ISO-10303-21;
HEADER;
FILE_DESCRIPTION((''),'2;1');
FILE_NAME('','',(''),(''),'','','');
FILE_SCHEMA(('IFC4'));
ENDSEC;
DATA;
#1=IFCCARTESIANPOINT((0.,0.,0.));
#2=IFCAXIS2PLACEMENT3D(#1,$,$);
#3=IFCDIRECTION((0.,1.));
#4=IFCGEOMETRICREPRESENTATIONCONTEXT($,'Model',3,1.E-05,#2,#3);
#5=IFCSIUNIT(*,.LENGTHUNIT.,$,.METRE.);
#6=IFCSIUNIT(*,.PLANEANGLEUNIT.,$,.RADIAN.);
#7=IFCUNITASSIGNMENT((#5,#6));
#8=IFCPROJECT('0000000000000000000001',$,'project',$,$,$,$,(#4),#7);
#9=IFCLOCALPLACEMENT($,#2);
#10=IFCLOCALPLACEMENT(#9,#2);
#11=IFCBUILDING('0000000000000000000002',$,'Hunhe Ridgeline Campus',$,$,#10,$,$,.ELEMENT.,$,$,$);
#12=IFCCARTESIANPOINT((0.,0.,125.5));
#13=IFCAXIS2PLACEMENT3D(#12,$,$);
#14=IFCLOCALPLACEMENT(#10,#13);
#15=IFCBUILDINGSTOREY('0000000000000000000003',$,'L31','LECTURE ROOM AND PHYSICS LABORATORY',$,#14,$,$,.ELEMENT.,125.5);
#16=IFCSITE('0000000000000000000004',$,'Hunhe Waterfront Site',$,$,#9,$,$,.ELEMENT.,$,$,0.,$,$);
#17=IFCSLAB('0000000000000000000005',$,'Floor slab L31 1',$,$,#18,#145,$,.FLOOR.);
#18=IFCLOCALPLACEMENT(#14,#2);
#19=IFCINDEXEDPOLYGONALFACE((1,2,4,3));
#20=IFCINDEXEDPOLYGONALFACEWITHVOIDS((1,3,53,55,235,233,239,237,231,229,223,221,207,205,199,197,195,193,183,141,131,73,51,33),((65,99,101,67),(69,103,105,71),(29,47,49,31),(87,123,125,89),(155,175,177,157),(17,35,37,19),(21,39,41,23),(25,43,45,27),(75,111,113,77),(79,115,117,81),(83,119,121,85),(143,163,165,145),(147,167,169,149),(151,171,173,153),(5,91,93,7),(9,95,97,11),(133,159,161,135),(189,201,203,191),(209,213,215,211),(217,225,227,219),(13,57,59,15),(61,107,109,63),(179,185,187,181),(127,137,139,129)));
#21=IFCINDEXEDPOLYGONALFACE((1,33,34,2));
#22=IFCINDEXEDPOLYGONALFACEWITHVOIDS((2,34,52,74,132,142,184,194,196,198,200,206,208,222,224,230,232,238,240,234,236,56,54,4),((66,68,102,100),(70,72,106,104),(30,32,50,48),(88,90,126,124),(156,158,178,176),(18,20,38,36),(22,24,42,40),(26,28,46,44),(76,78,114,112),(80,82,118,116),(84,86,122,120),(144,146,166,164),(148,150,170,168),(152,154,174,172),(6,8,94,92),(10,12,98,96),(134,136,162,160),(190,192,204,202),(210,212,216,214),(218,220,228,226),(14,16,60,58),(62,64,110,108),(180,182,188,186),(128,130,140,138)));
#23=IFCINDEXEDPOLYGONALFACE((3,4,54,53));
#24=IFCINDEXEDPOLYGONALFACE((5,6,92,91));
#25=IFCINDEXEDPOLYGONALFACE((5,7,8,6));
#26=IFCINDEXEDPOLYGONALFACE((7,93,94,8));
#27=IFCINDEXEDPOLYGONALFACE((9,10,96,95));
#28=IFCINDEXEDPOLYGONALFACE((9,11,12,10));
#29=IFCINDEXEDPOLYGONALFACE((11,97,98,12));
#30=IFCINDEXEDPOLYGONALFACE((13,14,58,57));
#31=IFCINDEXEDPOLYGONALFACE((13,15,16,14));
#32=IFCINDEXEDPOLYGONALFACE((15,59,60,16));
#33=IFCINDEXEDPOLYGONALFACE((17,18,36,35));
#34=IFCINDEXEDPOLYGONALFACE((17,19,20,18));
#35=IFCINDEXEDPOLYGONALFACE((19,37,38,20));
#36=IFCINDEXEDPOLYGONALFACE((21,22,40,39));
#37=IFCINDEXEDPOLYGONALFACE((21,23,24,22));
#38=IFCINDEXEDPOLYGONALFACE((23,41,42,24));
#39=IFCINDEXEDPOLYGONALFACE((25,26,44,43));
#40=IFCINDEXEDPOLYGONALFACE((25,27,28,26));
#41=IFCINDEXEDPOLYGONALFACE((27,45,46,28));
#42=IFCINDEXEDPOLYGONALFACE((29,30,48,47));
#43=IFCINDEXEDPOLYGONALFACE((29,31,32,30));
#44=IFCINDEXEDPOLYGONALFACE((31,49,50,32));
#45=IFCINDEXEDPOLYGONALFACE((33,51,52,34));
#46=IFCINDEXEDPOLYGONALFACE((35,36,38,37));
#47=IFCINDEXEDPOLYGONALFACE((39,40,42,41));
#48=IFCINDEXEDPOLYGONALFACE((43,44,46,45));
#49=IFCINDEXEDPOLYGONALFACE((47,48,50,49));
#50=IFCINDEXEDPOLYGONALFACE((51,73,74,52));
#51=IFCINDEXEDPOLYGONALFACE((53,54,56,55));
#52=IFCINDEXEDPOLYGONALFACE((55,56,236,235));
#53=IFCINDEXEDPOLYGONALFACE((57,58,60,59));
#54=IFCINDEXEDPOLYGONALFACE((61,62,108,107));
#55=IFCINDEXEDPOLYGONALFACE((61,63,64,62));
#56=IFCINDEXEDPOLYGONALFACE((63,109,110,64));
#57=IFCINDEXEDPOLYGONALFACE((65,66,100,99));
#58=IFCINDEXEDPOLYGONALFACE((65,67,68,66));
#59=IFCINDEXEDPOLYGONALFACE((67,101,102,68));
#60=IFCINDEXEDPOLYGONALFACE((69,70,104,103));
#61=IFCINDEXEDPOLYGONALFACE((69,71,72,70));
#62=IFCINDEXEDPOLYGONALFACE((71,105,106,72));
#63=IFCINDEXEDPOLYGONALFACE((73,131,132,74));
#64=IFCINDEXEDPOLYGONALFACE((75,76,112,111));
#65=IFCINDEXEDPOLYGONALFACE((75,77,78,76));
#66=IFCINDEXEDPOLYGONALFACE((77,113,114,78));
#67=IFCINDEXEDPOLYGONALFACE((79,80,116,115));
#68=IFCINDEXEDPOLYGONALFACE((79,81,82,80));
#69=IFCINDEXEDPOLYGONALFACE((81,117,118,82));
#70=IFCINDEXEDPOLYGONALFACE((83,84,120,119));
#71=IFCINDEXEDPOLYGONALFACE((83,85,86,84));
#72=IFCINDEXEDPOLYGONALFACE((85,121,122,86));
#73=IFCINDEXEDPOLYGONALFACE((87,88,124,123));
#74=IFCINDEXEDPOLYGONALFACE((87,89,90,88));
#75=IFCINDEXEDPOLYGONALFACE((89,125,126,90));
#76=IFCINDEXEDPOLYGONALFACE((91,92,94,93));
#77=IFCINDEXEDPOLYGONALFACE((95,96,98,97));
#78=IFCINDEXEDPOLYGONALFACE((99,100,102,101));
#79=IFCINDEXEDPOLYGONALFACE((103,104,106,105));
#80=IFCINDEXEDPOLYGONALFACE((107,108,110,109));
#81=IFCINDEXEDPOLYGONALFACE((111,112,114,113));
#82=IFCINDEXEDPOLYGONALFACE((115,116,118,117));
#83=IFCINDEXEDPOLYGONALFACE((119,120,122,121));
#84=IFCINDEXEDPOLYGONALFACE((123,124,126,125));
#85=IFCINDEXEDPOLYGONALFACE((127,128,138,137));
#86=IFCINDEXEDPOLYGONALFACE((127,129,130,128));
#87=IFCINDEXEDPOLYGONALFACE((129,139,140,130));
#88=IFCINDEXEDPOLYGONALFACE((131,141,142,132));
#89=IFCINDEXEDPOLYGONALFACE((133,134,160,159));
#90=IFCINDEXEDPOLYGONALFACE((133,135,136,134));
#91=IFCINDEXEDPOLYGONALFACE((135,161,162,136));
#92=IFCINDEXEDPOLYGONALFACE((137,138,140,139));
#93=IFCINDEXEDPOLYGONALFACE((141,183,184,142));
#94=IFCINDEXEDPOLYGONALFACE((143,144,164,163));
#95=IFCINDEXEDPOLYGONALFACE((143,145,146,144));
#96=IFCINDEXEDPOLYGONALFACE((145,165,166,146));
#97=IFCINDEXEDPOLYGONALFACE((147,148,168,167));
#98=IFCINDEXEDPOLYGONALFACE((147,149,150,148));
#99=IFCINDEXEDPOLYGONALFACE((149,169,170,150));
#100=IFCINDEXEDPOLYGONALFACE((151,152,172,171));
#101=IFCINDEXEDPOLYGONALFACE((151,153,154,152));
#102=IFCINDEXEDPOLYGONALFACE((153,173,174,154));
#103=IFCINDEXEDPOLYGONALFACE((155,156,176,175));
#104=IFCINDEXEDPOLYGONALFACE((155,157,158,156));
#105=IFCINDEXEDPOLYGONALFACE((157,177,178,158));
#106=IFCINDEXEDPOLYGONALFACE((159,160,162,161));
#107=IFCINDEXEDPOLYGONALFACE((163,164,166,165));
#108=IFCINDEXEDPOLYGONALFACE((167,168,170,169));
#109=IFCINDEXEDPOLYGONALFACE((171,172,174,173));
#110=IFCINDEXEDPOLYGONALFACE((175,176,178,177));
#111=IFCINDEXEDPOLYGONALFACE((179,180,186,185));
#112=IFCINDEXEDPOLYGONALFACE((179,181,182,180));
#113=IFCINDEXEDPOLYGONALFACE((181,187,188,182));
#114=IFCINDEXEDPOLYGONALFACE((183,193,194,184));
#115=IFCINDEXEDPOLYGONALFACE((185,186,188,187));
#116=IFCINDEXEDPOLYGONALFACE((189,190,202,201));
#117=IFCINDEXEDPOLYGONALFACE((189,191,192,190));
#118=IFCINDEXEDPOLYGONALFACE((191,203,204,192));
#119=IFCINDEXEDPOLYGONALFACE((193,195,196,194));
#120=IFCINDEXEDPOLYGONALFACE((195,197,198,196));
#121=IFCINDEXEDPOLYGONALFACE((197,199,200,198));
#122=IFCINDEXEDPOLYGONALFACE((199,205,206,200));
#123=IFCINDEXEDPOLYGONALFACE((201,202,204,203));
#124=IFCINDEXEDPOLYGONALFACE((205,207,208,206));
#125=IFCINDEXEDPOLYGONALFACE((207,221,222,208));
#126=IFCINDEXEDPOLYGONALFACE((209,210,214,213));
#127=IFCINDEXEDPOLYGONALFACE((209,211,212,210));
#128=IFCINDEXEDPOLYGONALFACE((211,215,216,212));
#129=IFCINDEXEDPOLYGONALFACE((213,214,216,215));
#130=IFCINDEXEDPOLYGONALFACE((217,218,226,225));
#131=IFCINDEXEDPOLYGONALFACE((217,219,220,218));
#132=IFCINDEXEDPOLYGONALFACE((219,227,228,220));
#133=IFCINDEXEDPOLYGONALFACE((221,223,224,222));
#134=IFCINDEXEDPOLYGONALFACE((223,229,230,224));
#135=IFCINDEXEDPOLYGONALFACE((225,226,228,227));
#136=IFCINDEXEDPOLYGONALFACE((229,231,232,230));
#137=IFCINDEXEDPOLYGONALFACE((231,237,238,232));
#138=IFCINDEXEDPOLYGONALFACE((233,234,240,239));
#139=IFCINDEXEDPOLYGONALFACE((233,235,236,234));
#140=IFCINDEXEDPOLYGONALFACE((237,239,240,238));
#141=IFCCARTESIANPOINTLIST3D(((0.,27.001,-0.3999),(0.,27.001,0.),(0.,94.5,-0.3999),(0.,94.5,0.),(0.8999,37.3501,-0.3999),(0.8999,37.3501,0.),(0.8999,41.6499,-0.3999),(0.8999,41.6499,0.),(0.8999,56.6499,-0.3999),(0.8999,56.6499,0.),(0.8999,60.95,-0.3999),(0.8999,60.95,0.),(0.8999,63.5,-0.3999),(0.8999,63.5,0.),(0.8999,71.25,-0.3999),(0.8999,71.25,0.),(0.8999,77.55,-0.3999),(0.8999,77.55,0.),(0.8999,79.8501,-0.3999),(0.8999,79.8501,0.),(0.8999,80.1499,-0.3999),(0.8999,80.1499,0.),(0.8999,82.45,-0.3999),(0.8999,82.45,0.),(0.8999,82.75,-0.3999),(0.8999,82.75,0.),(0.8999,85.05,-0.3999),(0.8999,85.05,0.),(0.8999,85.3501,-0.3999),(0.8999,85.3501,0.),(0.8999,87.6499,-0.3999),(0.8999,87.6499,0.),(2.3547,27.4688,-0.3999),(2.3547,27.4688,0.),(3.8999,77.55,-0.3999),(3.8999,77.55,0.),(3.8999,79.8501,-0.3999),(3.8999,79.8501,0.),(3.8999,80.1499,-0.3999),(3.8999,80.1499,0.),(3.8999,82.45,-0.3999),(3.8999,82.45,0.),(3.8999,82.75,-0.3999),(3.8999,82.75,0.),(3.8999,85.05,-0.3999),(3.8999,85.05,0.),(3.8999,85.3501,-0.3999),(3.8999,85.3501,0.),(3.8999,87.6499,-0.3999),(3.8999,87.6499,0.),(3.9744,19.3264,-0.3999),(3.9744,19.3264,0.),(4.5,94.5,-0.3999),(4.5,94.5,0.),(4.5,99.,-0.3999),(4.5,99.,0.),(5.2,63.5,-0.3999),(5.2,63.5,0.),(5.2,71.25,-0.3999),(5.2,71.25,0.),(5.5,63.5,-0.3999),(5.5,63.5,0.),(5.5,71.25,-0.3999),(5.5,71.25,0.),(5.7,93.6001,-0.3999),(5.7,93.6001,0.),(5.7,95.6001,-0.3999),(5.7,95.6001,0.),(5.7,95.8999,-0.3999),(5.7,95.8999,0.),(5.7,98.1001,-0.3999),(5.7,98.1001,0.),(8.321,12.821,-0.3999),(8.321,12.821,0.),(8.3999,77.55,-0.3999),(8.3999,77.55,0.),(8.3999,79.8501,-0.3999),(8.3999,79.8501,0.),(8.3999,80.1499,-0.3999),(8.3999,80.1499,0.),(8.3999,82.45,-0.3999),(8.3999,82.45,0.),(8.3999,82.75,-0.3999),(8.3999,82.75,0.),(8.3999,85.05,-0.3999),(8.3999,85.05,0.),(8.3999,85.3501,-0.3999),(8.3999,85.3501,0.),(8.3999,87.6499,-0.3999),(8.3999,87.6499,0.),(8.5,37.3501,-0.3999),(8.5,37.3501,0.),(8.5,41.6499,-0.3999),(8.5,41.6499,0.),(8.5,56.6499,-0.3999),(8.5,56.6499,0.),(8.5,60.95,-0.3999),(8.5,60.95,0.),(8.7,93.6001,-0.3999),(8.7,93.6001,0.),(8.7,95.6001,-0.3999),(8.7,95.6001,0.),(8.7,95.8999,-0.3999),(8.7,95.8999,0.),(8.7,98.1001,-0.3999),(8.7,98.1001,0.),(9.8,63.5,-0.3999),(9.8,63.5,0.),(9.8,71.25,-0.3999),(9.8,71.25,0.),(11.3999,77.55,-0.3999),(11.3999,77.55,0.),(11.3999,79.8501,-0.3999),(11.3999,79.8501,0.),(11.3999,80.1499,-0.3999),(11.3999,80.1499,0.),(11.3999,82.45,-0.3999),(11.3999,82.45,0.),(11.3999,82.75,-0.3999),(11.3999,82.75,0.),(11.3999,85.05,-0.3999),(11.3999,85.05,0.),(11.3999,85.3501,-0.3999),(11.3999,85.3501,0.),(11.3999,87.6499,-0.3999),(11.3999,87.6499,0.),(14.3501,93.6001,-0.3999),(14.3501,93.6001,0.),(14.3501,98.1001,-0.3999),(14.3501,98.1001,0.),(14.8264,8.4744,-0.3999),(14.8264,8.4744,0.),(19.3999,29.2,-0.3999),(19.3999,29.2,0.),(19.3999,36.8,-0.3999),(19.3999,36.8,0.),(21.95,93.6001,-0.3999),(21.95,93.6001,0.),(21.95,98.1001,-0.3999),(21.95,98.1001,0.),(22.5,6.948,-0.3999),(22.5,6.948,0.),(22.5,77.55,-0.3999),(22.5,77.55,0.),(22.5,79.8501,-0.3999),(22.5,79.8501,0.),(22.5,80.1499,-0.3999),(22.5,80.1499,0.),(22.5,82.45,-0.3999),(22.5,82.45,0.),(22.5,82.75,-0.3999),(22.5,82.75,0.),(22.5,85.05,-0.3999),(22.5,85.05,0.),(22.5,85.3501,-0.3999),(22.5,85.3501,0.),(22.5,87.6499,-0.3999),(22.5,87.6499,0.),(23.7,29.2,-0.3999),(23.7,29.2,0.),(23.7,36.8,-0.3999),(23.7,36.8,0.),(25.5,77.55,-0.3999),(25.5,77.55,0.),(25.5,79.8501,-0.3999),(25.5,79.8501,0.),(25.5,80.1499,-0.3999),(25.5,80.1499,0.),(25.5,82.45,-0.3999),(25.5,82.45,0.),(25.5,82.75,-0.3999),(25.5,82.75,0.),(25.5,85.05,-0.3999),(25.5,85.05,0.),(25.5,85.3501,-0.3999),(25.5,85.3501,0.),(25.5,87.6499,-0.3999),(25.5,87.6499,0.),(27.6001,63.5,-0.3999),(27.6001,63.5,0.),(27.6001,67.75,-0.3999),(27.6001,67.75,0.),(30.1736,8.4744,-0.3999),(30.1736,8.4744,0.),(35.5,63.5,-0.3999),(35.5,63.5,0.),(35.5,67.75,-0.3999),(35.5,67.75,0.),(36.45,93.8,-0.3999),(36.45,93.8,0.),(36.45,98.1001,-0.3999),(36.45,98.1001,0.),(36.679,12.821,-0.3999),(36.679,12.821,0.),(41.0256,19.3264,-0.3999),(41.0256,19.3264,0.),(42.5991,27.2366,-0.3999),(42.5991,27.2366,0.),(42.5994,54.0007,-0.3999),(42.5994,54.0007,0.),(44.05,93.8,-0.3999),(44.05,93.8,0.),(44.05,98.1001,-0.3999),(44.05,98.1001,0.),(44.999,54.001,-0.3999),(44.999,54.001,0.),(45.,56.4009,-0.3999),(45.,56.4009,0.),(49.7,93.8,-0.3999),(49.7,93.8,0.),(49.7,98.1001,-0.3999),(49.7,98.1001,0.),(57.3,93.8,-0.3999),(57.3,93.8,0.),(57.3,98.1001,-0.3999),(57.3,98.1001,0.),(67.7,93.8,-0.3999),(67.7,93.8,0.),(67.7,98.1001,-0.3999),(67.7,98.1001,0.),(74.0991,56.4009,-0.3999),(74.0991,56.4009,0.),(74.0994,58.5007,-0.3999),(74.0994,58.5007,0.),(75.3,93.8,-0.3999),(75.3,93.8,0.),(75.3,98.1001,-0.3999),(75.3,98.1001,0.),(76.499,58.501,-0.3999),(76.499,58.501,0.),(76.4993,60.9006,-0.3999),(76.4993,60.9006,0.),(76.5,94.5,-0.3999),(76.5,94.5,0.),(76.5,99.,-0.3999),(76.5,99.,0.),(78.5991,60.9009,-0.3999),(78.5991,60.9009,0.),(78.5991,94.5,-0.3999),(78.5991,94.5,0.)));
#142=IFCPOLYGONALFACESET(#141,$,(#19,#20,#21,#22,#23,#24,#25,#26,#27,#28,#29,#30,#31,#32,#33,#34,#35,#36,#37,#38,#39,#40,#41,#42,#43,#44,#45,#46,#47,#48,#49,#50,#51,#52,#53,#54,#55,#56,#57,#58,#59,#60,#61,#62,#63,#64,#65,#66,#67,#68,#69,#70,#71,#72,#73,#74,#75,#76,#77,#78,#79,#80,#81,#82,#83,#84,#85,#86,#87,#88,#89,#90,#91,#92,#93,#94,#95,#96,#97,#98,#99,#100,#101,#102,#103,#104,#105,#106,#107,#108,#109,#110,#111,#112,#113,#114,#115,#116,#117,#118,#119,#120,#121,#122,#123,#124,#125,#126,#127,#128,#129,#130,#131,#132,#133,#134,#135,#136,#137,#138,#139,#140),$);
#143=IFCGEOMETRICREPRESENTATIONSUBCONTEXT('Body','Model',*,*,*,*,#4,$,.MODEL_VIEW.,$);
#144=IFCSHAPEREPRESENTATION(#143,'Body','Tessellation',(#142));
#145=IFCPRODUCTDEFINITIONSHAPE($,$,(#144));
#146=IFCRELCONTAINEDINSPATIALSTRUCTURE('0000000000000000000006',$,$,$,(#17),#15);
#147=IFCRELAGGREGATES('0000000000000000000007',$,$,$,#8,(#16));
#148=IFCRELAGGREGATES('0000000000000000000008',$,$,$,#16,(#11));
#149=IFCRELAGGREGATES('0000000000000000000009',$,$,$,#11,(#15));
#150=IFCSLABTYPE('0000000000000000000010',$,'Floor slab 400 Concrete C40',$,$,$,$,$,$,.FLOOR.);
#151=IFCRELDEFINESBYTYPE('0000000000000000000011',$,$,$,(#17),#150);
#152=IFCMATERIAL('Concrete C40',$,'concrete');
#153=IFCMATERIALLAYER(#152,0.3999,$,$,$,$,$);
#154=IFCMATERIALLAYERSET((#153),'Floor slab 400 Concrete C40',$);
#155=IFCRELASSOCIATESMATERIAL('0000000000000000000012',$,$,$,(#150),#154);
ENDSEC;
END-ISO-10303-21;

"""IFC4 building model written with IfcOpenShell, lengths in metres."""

from ifc_helpers import new_model, si_unit, direction, frame, origin, place, context, subcontext, project, spatial, polyline, outline, extrude, material, layer, layer_set, type_object, element, save


model = new_model("IFC4")

# Units and contexts
model_context = context("Model", 3, precision=1e-05, world=origin(), true_north=direction((0.0, 1.0)))
body_context = subcontext(model_context, "Body", "Model", "MODEL_VIEW")
ifc_project = project(units=[si_unit("LENGTHUNIT", "METRE"), si_unit("PLANEANGLEUNIT", "RADIAN")], contexts=[model_context])

# Site, building, storey
site_placement = place(None, origin())
site = spatial("IfcSite", under=ifc_project, at=site_placement, Name="Hunhe Waterfront Site", CompositionType="ELEMENT", RefElevation=0.0)
building_placement = place(site_placement, origin())
building = spatial("IfcBuilding", under=site, at=building_placement, Name="Hunhe Ridgeline Campus", CompositionType="ELEMENT")
storey_placement = place(building_placement, frame((0.0, 0.0, 125.5)))
storey = spatial("IfcBuildingStorey", under=building, at=storey_placement, Name="L31", Description="LECTURE ROOM AND PHYSICS LABORATORY", CompositionType="ELEMENT", Elevation=125.5)

# Slab
ifc_material_1 = material(Name="Concrete C40", Category="concrete")
ifc_layer_1 = layer(ifc_material_1, 0.3999)
ifc_layer_set_1 = layer_set([ifc_layer_1], Name="Floor slab 400 Concrete C40")
slab_type_1 = type_object("IfcSlabType", Name="Floor slab 400 Concrete C40", PredefinedType="FLOOR", material=ifc_layer_set_1)
slab_1_placement = place(storey_placement, frame((0.0, 0.0, -0.3999)))
element("IfcSlab", 1, at=slab_1_placement, inside=storey, type_object=slab_type_1, Name="Floor slab L31 1", PredefinedType="FLOOR", context=body_context, shape_type="SweptSolid", body=[
    extrude(outline(polyline([(0.0, 27.001), (2.3547, 27.4688), (3.9744, 19.3264), (8.321, 12.821), (14.8264, 8.4744), (22.5, 6.948), (30.1736, 8.4744), (36.679, 12.821), (41.0256, 19.3264), (42.5991, 27.2366), (42.5994, 54.0007), (44.999, 54.001), (45.0, 56.4009), (74.0991, 56.4009), (74.0994, 58.5007), (76.499, 58.501), (76.4993, 60.9006), (78.5991, 60.9009), (78.5991, 94.5), (76.5, 94.5), (76.5, 99.0), (4.5, 99.0), (4.5, 94.5), (0.0, 94.5), (0.0, 27.001)]), holes=[polyline([(67.7, 93.8), (75.3, 93.8), (75.3, 98.1001), (67.7, 98.1001), (67.7, 93.8)]), polyline([(57.3, 93.8), (57.3, 98.1001), (49.7, 98.1001), (49.7, 93.8), (57.3, 93.8)]), polyline([(44.05, 98.1001), (36.45, 98.1001), (36.45, 93.8), (44.05, 93.8), (44.05, 98.1001)]), polyline([(27.6001, 67.75), (27.6001, 63.5), (35.5, 63.5), (35.5, 67.75), (27.6001, 67.75)]), polyline([(25.5, 85.3501), (25.5, 87.6499), (22.5, 87.6499), (22.5, 85.3501), (25.5, 85.3501)]), polyline([(25.5, 85.05), (22.5, 85.05), (22.5, 82.75), (25.5, 82.75), (25.5, 85.05)]), polyline([(22.5, 82.45), (22.5, 80.1499), (25.5, 80.1499), (25.5, 82.45), (22.5, 82.45)]), polyline([(22.5, 77.55), (25.5, 77.55), (25.5, 79.8501), (22.5, 79.8501), (22.5, 77.55)]), polyline([(19.3999, 29.2), (23.7, 29.2), (23.7, 36.8), (19.3999, 36.8), (19.3999, 29.2)]), polyline([(21.95, 98.1001), (14.3501, 98.1001), (14.3501, 93.6001), (21.95, 93.6001), (21.95, 98.1001)]), polyline([(8.3999, 82.45), (8.3999, 80.1499), (11.3999, 80.1499), (11.3999, 82.45), (8.3999, 82.45)]), polyline([(11.3999, 85.3501), (11.3999, 87.6499), (8.3999, 87.6499), (8.3999, 85.3501), (11.3999, 85.3501)]), polyline([(11.3999, 85.05), (8.3999, 85.05), (8.3999, 82.75), (11.3999, 82.75), (11.3999, 85.05)]), polyline([(8.3999, 77.55), (11.3999, 77.55), (11.3999, 79.8501), (8.3999, 79.8501), (8.3999, 77.55)]), polyline([(5.5, 63.5), (9.8, 63.5), (9.8, 71.25), (5.5, 71.25), (5.5, 63.5)]), polyline([(5.7, 98.1001), (5.7, 95.8999), (8.7, 95.8999), (8.7, 98.1001), (5.7, 98.1001)]), polyline([(5.7, 93.6001), (8.7, 93.6001), (8.7, 95.6001), (5.7, 95.6001), (5.7, 93.6001)]), polyline([(0.8999, 60.95), (0.8999, 56.6499), (8.5, 56.6499), (8.5, 60.95), (0.8999, 60.95)]), polyline([(0.8999, 37.3501), (8.5, 37.3501), (8.5, 41.6499), (0.8999, 41.6499), (0.8999, 37.3501)]), polyline([(5.2, 63.5), (5.2, 71.25), (0.8999, 71.25), (0.8999, 63.5), (5.2, 63.5)]), polyline([(3.8999, 85.3501), (3.8999, 87.6499), (0.8999, 87.6499), (0.8999, 85.3501), (3.8999, 85.3501)]), polyline([(3.8999, 85.05), (0.8999, 85.05), (0.8999, 82.75), (3.8999, 82.75), (3.8999, 85.05)]), polyline([(0.8999, 82.45), (0.8999, 80.1499), (3.8999, 80.1499), (3.8999, 82.45), (0.8999, 82.45)]), polyline([(0.8999, 77.55), (3.8999, 77.55), (3.8999, 79.8501), (0.8999, 79.8501), (0.8999, 77.55)])]), origin(), (0.0, 0.0, 1.0), 0.3999),
])

save(model, "model.ifc")
